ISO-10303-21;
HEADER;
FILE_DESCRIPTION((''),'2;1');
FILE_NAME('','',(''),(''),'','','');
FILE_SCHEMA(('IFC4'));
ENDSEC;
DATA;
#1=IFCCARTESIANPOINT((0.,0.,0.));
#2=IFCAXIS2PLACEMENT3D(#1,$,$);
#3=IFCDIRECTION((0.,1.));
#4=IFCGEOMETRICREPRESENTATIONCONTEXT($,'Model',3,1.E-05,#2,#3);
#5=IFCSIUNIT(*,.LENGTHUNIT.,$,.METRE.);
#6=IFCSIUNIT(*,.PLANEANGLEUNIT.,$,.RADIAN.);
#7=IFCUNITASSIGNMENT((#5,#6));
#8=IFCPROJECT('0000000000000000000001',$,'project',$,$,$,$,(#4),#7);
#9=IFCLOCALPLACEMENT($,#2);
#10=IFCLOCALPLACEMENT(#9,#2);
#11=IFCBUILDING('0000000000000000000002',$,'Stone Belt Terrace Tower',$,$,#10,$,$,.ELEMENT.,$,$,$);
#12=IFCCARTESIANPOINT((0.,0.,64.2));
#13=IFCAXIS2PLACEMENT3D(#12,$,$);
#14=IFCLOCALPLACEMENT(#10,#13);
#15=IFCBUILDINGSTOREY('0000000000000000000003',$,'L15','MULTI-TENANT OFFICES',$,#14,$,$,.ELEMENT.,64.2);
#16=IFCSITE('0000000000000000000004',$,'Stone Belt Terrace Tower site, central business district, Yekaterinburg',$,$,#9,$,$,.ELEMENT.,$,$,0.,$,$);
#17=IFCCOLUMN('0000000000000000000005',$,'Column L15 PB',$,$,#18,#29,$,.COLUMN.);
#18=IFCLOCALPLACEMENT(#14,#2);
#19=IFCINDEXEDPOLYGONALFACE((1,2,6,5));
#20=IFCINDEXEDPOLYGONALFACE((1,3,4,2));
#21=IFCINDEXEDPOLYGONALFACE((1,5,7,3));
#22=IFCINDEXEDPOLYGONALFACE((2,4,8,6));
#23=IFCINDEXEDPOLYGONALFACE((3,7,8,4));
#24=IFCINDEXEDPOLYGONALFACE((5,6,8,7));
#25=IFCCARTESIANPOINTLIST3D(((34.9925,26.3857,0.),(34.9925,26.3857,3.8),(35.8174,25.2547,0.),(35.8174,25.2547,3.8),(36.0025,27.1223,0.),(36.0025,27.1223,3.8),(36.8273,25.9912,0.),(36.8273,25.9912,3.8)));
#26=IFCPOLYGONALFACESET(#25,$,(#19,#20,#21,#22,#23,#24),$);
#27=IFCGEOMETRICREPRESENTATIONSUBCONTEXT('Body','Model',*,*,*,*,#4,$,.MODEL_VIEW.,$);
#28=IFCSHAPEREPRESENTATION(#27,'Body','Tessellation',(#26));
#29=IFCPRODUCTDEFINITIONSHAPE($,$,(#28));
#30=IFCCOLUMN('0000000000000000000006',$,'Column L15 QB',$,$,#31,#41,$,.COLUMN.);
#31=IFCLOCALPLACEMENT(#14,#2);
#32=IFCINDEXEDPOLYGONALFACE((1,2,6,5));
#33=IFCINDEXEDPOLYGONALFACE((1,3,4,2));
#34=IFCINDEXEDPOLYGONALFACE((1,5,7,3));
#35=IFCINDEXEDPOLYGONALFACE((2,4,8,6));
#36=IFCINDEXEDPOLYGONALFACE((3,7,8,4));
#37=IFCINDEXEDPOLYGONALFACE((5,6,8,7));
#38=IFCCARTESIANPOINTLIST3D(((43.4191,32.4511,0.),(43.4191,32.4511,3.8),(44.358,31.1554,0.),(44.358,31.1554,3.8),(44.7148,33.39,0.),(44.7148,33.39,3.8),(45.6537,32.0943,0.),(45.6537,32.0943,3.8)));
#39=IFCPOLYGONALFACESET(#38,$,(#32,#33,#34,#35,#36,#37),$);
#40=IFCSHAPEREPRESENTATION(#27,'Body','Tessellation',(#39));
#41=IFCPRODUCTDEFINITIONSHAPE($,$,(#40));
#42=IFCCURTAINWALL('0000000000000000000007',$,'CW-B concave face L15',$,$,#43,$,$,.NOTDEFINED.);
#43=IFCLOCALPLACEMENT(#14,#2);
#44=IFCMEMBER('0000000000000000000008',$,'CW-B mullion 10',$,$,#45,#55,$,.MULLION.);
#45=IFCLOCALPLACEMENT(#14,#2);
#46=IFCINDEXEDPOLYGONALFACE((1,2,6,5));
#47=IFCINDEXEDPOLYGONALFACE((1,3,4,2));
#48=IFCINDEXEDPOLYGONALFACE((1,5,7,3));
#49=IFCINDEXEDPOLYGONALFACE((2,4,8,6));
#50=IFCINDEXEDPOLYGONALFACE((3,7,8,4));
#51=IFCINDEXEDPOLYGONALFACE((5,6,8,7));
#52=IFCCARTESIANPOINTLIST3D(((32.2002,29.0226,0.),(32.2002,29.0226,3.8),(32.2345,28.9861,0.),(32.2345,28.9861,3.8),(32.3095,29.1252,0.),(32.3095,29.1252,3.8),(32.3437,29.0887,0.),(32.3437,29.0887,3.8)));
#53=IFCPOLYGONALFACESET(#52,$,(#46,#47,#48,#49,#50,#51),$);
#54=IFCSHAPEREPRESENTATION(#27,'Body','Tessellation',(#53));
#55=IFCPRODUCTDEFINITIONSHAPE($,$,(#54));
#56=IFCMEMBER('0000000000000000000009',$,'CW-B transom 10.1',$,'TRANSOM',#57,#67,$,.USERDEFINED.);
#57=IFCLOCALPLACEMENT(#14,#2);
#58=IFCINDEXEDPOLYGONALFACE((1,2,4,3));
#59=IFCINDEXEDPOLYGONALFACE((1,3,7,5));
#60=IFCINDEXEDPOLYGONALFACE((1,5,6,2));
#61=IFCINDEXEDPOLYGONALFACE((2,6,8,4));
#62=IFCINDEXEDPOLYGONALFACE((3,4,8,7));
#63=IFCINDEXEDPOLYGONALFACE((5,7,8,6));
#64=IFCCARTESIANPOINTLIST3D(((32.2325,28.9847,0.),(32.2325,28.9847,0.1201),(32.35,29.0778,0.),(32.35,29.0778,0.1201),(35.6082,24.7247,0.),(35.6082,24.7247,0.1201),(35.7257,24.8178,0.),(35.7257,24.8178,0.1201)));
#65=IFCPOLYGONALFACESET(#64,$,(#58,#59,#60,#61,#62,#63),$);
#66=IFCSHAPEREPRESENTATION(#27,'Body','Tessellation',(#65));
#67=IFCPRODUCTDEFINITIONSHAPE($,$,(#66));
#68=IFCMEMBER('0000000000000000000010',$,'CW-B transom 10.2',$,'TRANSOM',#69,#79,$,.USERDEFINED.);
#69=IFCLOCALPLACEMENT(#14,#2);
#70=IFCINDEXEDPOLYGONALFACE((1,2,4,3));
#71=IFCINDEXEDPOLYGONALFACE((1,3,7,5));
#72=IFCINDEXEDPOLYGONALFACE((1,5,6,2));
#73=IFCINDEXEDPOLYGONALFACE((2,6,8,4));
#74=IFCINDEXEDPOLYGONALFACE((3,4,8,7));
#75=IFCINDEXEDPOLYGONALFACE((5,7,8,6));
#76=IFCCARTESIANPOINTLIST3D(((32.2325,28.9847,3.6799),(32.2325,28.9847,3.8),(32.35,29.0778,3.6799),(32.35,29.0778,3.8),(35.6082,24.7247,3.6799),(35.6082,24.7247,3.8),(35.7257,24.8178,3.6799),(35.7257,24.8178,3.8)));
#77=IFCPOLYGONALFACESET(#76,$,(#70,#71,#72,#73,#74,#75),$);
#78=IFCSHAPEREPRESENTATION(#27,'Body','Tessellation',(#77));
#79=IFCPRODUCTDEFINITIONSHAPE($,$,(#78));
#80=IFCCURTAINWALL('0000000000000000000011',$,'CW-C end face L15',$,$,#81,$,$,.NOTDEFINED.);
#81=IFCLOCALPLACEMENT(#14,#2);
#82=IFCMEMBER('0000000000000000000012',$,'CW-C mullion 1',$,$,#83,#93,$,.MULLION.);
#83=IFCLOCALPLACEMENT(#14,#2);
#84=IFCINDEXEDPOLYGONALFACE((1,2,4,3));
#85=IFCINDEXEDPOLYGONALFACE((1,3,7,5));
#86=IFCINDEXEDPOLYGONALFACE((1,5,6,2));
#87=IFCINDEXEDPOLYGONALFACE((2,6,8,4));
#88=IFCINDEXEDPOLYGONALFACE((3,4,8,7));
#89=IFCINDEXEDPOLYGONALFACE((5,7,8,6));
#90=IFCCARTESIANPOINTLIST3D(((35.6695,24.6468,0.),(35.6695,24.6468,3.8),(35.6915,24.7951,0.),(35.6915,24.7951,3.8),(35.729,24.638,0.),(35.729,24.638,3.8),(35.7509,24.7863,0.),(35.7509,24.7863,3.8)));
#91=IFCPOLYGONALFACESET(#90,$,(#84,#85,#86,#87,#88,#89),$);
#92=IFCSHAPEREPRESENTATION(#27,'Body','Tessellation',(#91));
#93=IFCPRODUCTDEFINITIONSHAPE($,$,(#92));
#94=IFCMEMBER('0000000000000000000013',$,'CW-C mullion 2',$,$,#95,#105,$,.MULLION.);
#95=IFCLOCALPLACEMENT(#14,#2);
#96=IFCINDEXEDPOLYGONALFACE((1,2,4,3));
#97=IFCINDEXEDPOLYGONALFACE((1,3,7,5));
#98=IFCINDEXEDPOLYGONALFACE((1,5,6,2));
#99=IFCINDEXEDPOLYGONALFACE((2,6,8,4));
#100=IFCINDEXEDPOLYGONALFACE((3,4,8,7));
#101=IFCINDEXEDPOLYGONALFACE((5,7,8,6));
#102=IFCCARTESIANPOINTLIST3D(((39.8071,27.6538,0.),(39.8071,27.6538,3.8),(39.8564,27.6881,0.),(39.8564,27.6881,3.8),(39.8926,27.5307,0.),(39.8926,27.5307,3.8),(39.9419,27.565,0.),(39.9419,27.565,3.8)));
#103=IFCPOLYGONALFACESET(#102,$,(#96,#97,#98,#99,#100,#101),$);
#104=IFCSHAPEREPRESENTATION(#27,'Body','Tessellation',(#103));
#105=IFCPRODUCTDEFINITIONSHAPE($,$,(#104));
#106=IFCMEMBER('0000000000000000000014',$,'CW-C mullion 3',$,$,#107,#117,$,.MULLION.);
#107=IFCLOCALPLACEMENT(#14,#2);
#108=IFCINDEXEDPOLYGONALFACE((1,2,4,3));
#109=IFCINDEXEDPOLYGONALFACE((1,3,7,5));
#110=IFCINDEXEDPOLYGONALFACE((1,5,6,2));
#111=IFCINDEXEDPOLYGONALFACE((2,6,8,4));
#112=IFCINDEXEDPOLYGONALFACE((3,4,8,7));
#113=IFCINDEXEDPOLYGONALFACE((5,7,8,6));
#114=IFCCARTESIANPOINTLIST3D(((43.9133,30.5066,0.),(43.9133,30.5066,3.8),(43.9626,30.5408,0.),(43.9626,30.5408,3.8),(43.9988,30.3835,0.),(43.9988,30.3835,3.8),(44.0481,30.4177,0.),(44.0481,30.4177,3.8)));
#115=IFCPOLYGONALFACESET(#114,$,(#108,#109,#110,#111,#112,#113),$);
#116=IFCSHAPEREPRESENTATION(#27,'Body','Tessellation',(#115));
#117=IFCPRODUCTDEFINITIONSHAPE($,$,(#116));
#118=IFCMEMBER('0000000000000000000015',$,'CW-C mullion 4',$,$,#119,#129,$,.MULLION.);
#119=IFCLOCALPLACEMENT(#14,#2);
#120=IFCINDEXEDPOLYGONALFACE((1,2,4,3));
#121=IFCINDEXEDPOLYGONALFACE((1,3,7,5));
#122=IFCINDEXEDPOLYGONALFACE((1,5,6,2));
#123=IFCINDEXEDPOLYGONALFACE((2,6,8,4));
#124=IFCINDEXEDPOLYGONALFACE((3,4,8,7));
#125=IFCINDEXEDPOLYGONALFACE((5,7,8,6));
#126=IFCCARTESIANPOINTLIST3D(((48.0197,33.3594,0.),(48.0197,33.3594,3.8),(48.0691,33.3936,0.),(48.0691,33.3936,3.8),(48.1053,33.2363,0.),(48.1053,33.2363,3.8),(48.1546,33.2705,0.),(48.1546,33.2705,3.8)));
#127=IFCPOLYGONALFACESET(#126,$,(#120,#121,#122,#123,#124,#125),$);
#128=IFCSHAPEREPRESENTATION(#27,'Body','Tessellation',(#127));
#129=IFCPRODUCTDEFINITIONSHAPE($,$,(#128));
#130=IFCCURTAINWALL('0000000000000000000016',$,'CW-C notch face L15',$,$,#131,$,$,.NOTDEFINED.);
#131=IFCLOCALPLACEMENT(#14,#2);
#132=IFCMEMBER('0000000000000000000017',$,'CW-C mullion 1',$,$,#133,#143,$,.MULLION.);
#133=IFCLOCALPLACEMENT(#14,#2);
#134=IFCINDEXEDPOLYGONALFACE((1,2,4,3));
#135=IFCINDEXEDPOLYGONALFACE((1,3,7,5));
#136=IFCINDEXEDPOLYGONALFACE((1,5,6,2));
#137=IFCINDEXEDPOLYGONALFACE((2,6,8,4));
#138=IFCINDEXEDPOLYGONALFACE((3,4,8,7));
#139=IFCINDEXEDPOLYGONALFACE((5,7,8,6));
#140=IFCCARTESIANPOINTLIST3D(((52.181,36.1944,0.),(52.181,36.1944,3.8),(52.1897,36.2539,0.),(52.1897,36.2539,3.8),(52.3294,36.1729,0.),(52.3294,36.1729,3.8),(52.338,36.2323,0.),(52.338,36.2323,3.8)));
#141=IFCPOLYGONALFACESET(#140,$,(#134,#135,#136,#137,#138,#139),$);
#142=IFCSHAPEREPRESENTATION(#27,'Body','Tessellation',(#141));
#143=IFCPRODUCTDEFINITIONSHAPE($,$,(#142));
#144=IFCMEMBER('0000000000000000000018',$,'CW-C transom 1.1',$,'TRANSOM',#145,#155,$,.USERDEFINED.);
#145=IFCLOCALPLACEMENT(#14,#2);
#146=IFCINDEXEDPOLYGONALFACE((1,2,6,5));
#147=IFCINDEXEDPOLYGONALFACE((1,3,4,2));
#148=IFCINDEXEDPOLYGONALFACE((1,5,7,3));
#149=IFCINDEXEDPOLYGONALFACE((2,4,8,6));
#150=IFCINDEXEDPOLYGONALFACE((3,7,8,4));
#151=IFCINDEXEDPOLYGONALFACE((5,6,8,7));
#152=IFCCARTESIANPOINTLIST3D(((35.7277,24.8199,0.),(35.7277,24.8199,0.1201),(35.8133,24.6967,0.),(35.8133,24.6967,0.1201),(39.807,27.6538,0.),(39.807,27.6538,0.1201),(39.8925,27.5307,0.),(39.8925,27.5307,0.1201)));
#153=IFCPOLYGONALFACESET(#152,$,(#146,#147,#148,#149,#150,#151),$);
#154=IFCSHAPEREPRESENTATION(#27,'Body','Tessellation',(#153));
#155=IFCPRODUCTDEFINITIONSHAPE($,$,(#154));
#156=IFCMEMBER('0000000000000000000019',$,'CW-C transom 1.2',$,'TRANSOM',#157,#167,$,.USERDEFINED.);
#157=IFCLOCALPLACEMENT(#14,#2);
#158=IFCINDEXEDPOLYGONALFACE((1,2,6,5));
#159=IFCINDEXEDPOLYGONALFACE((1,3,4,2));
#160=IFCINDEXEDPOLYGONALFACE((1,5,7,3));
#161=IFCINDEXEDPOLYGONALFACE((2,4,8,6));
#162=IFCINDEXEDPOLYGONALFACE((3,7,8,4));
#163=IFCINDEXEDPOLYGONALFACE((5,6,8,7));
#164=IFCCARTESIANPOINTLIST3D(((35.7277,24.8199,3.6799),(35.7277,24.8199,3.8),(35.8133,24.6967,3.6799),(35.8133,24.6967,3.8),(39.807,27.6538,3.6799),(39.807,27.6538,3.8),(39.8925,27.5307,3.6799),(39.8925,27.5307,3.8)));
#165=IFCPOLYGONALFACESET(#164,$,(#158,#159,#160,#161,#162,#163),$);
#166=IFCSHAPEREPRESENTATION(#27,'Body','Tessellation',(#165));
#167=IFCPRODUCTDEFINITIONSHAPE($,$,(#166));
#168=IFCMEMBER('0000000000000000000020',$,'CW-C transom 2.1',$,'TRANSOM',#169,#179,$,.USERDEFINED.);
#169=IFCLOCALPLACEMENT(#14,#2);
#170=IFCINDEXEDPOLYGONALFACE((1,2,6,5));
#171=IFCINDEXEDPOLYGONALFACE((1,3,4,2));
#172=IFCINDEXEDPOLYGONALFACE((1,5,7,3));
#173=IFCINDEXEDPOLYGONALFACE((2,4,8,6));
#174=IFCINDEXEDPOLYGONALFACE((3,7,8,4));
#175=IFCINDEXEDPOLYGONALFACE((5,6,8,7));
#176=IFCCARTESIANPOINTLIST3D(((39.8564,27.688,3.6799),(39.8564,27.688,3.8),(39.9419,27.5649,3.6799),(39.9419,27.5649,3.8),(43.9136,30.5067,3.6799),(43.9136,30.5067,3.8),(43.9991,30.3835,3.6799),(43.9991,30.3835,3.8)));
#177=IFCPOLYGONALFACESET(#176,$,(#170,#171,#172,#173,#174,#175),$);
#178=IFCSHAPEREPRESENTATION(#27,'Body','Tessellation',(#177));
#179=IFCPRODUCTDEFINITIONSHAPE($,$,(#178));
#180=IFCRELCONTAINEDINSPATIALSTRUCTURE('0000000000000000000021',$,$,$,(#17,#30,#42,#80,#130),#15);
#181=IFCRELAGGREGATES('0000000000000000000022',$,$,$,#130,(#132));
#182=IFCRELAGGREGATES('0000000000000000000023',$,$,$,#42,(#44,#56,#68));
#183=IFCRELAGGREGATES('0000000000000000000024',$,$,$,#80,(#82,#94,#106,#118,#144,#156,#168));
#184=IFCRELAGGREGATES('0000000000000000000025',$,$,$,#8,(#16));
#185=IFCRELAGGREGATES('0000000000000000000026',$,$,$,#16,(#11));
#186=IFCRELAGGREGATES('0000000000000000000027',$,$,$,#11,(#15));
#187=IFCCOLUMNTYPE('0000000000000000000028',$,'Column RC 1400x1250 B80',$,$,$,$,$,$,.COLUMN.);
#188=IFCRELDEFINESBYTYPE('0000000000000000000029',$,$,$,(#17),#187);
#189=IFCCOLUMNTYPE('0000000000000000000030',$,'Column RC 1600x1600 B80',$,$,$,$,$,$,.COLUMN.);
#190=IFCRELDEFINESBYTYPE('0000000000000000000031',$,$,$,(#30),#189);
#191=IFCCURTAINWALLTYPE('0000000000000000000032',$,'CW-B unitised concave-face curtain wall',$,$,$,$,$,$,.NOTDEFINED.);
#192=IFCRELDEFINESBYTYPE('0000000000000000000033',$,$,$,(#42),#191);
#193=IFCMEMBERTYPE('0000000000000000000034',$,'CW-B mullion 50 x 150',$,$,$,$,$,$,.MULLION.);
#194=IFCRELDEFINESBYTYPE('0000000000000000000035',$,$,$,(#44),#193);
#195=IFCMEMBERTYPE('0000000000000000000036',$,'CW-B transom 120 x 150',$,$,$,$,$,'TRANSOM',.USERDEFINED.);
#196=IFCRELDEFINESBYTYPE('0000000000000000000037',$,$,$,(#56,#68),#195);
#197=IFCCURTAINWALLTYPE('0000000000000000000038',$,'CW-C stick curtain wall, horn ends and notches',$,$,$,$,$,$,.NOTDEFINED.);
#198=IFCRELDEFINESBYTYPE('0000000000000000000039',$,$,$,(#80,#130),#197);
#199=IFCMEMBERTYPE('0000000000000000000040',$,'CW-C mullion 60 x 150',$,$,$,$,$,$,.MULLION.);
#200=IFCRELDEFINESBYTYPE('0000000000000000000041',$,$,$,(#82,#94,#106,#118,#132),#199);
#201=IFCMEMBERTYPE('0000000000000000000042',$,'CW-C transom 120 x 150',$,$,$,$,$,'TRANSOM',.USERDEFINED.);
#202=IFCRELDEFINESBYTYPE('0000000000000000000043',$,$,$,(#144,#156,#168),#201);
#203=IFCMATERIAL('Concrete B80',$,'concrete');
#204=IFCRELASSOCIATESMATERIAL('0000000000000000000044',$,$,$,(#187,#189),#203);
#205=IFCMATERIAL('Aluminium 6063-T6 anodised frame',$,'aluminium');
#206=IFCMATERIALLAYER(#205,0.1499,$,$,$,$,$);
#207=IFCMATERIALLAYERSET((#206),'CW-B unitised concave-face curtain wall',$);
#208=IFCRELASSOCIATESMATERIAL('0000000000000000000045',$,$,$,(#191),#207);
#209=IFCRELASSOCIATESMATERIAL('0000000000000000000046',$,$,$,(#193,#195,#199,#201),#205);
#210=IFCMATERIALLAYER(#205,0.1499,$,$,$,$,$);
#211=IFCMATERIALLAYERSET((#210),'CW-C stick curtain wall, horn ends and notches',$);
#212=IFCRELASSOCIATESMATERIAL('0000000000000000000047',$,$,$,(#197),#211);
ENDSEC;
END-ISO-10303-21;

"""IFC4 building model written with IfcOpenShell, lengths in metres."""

from ifc_helpers import new_model, si_unit, direction, frame, origin, origin_2d, place, context, subcontext, project, spatial, rectangle, extrude, material, layer, layer_set, material_profile, profile_set, type_object, element, aggregate, save


model = new_model("IFC4")

# Units and contexts
model_context = context("Model", 3, precision=1e-05, world=origin(), true_north=direction((0.0, 1.0)))
body_context = subcontext(model_context, "Body", "Model", "MODEL_VIEW")
ifc_project = project(units=[si_unit("LENGTHUNIT", "METRE"), si_unit("PLANEANGLEUNIT", "RADIAN")], contexts=[model_context])

# Site, building, storey
site_placement = place(None, origin())
site = spatial("IfcSite", under=ifc_project, at=site_placement, Name="Stone Belt Terrace Tower site, central business district, Yekaterinburg", CompositionType="ELEMENT", RefElevation=0.0)
building_placement = place(site_placement, origin())
building = spatial("IfcBuilding", under=site, at=building_placement, Name="Stone Belt Terrace Tower", CompositionType="ELEMENT")
storey_placement = place(building_placement, frame((0.0, 0.0, 64.2)))
storey = spatial("IfcBuildingStorey", under=building, at=storey_placement, Name="L15", Description="MULTI-TENANT OFFICES", CompositionType="ELEMENT", Elevation=64.2)

# Columns
ifc_material_1 = material(Name="Concrete B80", Category="concrete")
ifc_material_profile_1 = material_profile(ifc_material_1, rectangle(XDim=1.3999, YDim=1.25, at=origin_2d()), Name="RC 1400x1250")
ifc_profile_set_1 = profile_set([ifc_material_profile_1], Name="Concrete B80")
column_type_1 = type_object("IfcColumnType", Name="Column RC 1400x1250 B80", PredefinedType="COLUMN", material=ifc_profile_set_1)
column_1_placement = place(storey_placement, frame((35.9099, 26.1885, 0.0), z_axis=(0.0, 0.0, 1.0), x_axis=(0.589233, -0.807963, 0.0)))
element("IfcColumn", 1, at=column_1_placement, inside=storey, type_object=column_type_1, Name="Column L15 PB", PredefinedType="COLUMN", context=body_context, shape_type="SweptSolid", body=[
    extrude(rectangle(XDim=1.3999, YDim=1.25, at=origin_2d()), origin(), (0.0, 0.0, 1.0), 3.8),
])
ifc_material_profile_2 = material_profile(ifc_material_1, rectangle(XDim=1.6001, YDim=1.6001, at=origin_2d()), Name="RC 1600x1600")
ifc_profile_set_2 = profile_set([ifc_material_profile_2], Name="Concrete B80")
column_type_2 = type_object("IfcColumnType", Name="Column RC 1600x1600 B80", PredefinedType="COLUMN", material=ifc_profile_set_2)
column_2_placement = place(storey_placement, frame((44.5364, 32.2727, 0.0), z_axis=(0.0, 0.0, 1.0), x_axis=(0.586774, -0.809751, 0.0)))
element("IfcColumn", 2, at=column_2_placement, inside=storey, type_object=column_type_2, Name="Column L15 QB", PredefinedType="COLUMN", context=body_context, shape_type="SweptSolid", body=[
    extrude(rectangle(XDim=1.6001, YDim=1.6001, at=origin_2d()), origin(), (0.0, 0.0, 1.0), 3.8),
])

# Curtain walls, members
ifc_material_2 = material(Name="Aluminium 6063-T6 anodised frame", Category="aluminium")
ifc_layer_1 = layer(ifc_material_2, 0.1499)
ifc_layer_set_1 = layer_set([ifc_layer_1], Name="CW-B unitised concave-face curtain wall")
curtain_wall_type_1 = type_object("IfcCurtainWallType", Name="CW-B unitised concave-face curtain wall", PredefinedType="NOTDEFINED", material=ifc_layer_set_1)
curtain_wall_1_placement = place(storey_placement, origin())
curtain_wall_1 = element("IfcCurtainWall", 3, at=curtain_wall_1_placement, inside=storey, type_object=curtain_wall_type_1, Name="CW-B concave face L15", PredefinedType="NOTDEFINED")
ifc_material_profile_3 = material_profile(ifc_material_2, rectangle(XDim=0.1499, YDim=0.05, at=origin_2d()), Name="Aluminium 6063-T6 50x150")
ifc_profile_set_3 = profile_set([ifc_material_profile_3], Name="Aluminium 6063-T6 anodised frame")
member_type_1 = type_object("IfcMemberType", Name="CW-B mullion 50 x 150", PredefinedType="MULLION", material=ifc_profile_set_3)
member_1_placement = place(storey_placement, frame((32.272, 29.0557, 0.0), z_axis=(0.0, 0.0, 1.0), x_axis=(0.729005, 0.684508, 0.0)))
member_1 = element("IfcMember", 4, at=member_1_placement, type_object=member_type_1, Name="CW-B mullion 10", PredefinedType="MULLION", context=body_context, shape_type="SweptSolid", body=[
    extrude(rectangle(XDim=0.1499, YDim=0.05, at=origin_2d()), origin(), (0.0, 0.0, 1.0), 3.8),
])
ifc_material_profile_4 = material_profile(ifc_material_2, rectangle(XDim=0.1499, YDim=0.1201, at=origin_2d()), Name="Aluminium 6063-T6 150x120")
ifc_profile_set_4 = profile_set([ifc_material_profile_4], Name="Aluminium 6063-T6 anodised frame")
member_type_2 = type_object("IfcMemberType", Name="CW-B transom 120 x 150", ElementType="TRANSOM", PredefinedType="USERDEFINED", material=ifc_profile_set_4)
member_2_placement = place(storey_placement, frame((32.2913, 29.0312, 0.0601), z_axis=(0.621068, -0.783757, 0.0), x_axis=(0.783757, 0.621068, 0.0)))
member_2 = element("IfcMember", 5, at=member_2_placement, type_object=member_type_2, Name="CW-B transom 10.1", ObjectType="TRANSOM", PredefinedType="USERDEFINED", context=body_context, shape_type="SweptSolid", body=[
    extrude(rectangle(XDim=0.1499, YDim=0.1201, at=origin_2d()), origin(), (0.0, 0.0, 1.0), 5.4353),
])
member_3_placement = place(storey_placement, frame((32.2913, 29.0312, 3.74), z_axis=(0.621068, -0.783757, 0.0), x_axis=(0.783757, 0.621068, 0.0)))
member_3 = element("IfcMember", 6, at=member_3_placement, type_object=member_type_2, Name="CW-B transom 10.2", ObjectType="TRANSOM", PredefinedType="USERDEFINED", context=body_context, shape_type="SweptSolid", body=[
    extrude(rectangle(XDim=0.1499, YDim=0.1201, at=origin_2d()), origin(), (0.0, 0.0, 1.0), 5.4353),
])
ifc_layer_2 = layer(ifc_material_2, 0.1499)
ifc_layer_set_2 = layer_set([ifc_layer_2], Name="CW-C stick curtain wall, horn ends and notches")
curtain_wall_type_2 = type_object("IfcCurtainWallType", Name="CW-C stick curtain wall, horn ends and notches", PredefinedType="NOTDEFINED", material=ifc_layer_set_2)
curtain_wall_2_placement = place(storey_placement, origin())
curtain_wall_2 = element("IfcCurtainWall", 7, at=curtain_wall_2_placement, inside=storey, type_object=curtain_wall_type_2, Name="CW-C end face L15", PredefinedType="NOTDEFINED")
ifc_material_profile_5 = material_profile(ifc_material_2, rectangle(XDim=0.1499, YDim=0.0601, at=origin_2d()), Name="Aluminium 6063-T6 60x150")
ifc_profile_set_5 = profile_set([ifc_material_profile_5], Name="Aluminium 6063-T6 anodised frame")
member_type_3 = type_object("IfcMemberType", Name="CW-C mullion 60 x 150", PredefinedType="MULLION", material=ifc_profile_set_5)
member_4_placement = place(storey_placement, frame((35.7102, 24.7166, 0.0), z_axis=(0.0, 0.0, 1.0), x_axis=(0.146242, 0.989249, 0.0)))
member_4 = element("IfcMember", 8, at=member_4_placement, type_object=member_type_3, Name="CW-C mullion 1", PredefinedType="MULLION", context=body_context, shape_type="SweptSolid", body=[
    extrude(rectangle(XDim=0.1499, YDim=0.0601, at=origin_2d()), origin(), (0.0, 0.0, 1.0), 3.8),
])
member_5_placement = place(storey_placement, frame((39.8745, 27.6094, 0.0), z_axis=(0.0, 0.0, 1.0), x_axis=(-0.570537, 0.821272, 0.0)))
member_5 = element("IfcMember", 9, at=member_5_placement, type_object=member_type_3, Name="CW-C mullion 2", PredefinedType="MULLION", context=body_context, shape_type="SweptSolid", body=[
    extrude(rectangle(XDim=0.1499, YDim=0.0601, at=origin_2d()), origin(), (0.0, 0.0, 1.0), 3.8),
])
member_6_placement = place(storey_placement, frame((43.9807, 30.4622, 0.0), z_axis=(0.0, 0.0, 1.0), x_axis=(-0.570537, 0.821272, 0.0)))
member_6 = element("IfcMember", 10, at=member_6_placement, type_object=member_type_3, Name="CW-C mullion 3", PredefinedType="MULLION", context=body_context, shape_type="SweptSolid", body=[
    extrude(rectangle(XDim=0.1499, YDim=0.0601, at=origin_2d()), origin(), (0.0, 0.0, 1.0), 3.8),
])
member_7_placement = place(storey_placement, frame((48.0872, 33.3149, 0.0), z_axis=(0.0, 0.0, 1.0), x_axis=(-0.570537, 0.821272, 0.0)))
member_7 = element("IfcMember", 11, at=member_7_placement, type_object=member_type_3, Name="CW-C mullion 4", PredefinedType="MULLION", context=body_context, shape_type="SweptSolid", body=[
    extrude(rectangle(XDim=0.1499, YDim=0.0601, at=origin_2d()), origin(), (0.0, 0.0, 1.0), 3.8),
])

# Curtain wall, member
curtain_wall_3_placement = place(storey_placement, origin())
curtain_wall_3 = element("IfcCurtainWall", 12, at=curtain_wall_3_placement, inside=storey, type_object=curtain_wall_type_2, Name="CW-C notch face L15", PredefinedType="NOTDEFINED")
member_8_placement = place(storey_placement, frame((52.2595, 36.2134, 0.0), z_axis=(0.0, 0.0, 1.0), x_axis=(-0.989592, 0.143902, 0.0)))
member_8 = element("IfcMember", 13, at=member_8_placement, type_object=member_type_3, Name="CW-C mullion 1", PredefinedType="MULLION", context=body_context, shape_type="SweptSolid", body=[
    extrude(rectangle(XDim=0.1499, YDim=0.0601, at=origin_2d()), origin(), (0.0, 0.0, 1.0), 3.8),
])

# Members
ifc_material_profile_6 = material_profile(ifc_material_2, rectangle(XDim=0.1499, YDim=0.1201, at=origin_2d()), Name="Aluminium 6063-T6 150x120")
ifc_profile_set_6 = profile_set([ifc_material_profile_6], Name="Aluminium 6063-T6 anodised frame")
member_type_4 = type_object("IfcMemberType", Name="CW-C transom 120 x 150", ElementType="TRANSOM", PredefinedType="USERDEFINED", material=ifc_profile_set_6)
member_9_placement = place(storey_placement, frame((35.7705, 24.7583, 0.0601), z_axis=(0.821266, 0.570546, 0.0), x_axis=(-0.570546, 0.821266, 0.0)))
member_9 = element("IfcMember", 14, at=member_9_placement, type_object=member_type_4, Name="CW-C transom 1.1", ObjectType="TRANSOM", PredefinedType="USERDEFINED", context=body_context, shape_type="SweptSolid", body=[
    extrude(rectangle(XDim=0.1499, YDim=0.1201, at=origin_2d()), origin(), (0.0, 0.0, 1.0), 4.967),
])
member_10_placement = place(storey_placement, frame((35.7705, 24.7583, 3.74), z_axis=(0.821266, 0.570546, 0.0), x_axis=(-0.570546, 0.821266, 0.0)))
member_10 = element("IfcMember", 15, at=member_10_placement, type_object=member_type_4, Name="CW-C transom 1.2", ObjectType="TRANSOM", PredefinedType="USERDEFINED", context=body_context, shape_type="SweptSolid", body=[
    extrude(rectangle(XDim=0.1499, YDim=0.1201, at=origin_2d()), origin(), (0.0, 0.0, 1.0), 4.967),
])
member_11_placement = place(storey_placement, frame((39.8992, 27.6265, 3.74), z_axis=(0.821261, 0.570553, 0.0), x_axis=(-0.570553, 0.821261, 0.0)))
member_11 = element("IfcMember", 16, at=member_11_placement, type_object=member_type_4, Name="CW-C transom 2.1", ObjectType="TRANSOM", PredefinedType="USERDEFINED", context=body_context, shape_type="SweptSolid", body=[
    extrude(rectangle(XDim=0.1499, YDim=0.1201, at=origin_2d()), origin(), (0.0, 0.0, 1.0), 4.9402),
])
aggregate(curtain_wall_3, [member_8])

aggregate(curtain_wall_1, [member_1, member_2, member_3])
aggregate(curtain_wall_2, [member_4, member_5, member_6, member_7, member_9, member_10, member_11])

save(model, "model.ifc")
